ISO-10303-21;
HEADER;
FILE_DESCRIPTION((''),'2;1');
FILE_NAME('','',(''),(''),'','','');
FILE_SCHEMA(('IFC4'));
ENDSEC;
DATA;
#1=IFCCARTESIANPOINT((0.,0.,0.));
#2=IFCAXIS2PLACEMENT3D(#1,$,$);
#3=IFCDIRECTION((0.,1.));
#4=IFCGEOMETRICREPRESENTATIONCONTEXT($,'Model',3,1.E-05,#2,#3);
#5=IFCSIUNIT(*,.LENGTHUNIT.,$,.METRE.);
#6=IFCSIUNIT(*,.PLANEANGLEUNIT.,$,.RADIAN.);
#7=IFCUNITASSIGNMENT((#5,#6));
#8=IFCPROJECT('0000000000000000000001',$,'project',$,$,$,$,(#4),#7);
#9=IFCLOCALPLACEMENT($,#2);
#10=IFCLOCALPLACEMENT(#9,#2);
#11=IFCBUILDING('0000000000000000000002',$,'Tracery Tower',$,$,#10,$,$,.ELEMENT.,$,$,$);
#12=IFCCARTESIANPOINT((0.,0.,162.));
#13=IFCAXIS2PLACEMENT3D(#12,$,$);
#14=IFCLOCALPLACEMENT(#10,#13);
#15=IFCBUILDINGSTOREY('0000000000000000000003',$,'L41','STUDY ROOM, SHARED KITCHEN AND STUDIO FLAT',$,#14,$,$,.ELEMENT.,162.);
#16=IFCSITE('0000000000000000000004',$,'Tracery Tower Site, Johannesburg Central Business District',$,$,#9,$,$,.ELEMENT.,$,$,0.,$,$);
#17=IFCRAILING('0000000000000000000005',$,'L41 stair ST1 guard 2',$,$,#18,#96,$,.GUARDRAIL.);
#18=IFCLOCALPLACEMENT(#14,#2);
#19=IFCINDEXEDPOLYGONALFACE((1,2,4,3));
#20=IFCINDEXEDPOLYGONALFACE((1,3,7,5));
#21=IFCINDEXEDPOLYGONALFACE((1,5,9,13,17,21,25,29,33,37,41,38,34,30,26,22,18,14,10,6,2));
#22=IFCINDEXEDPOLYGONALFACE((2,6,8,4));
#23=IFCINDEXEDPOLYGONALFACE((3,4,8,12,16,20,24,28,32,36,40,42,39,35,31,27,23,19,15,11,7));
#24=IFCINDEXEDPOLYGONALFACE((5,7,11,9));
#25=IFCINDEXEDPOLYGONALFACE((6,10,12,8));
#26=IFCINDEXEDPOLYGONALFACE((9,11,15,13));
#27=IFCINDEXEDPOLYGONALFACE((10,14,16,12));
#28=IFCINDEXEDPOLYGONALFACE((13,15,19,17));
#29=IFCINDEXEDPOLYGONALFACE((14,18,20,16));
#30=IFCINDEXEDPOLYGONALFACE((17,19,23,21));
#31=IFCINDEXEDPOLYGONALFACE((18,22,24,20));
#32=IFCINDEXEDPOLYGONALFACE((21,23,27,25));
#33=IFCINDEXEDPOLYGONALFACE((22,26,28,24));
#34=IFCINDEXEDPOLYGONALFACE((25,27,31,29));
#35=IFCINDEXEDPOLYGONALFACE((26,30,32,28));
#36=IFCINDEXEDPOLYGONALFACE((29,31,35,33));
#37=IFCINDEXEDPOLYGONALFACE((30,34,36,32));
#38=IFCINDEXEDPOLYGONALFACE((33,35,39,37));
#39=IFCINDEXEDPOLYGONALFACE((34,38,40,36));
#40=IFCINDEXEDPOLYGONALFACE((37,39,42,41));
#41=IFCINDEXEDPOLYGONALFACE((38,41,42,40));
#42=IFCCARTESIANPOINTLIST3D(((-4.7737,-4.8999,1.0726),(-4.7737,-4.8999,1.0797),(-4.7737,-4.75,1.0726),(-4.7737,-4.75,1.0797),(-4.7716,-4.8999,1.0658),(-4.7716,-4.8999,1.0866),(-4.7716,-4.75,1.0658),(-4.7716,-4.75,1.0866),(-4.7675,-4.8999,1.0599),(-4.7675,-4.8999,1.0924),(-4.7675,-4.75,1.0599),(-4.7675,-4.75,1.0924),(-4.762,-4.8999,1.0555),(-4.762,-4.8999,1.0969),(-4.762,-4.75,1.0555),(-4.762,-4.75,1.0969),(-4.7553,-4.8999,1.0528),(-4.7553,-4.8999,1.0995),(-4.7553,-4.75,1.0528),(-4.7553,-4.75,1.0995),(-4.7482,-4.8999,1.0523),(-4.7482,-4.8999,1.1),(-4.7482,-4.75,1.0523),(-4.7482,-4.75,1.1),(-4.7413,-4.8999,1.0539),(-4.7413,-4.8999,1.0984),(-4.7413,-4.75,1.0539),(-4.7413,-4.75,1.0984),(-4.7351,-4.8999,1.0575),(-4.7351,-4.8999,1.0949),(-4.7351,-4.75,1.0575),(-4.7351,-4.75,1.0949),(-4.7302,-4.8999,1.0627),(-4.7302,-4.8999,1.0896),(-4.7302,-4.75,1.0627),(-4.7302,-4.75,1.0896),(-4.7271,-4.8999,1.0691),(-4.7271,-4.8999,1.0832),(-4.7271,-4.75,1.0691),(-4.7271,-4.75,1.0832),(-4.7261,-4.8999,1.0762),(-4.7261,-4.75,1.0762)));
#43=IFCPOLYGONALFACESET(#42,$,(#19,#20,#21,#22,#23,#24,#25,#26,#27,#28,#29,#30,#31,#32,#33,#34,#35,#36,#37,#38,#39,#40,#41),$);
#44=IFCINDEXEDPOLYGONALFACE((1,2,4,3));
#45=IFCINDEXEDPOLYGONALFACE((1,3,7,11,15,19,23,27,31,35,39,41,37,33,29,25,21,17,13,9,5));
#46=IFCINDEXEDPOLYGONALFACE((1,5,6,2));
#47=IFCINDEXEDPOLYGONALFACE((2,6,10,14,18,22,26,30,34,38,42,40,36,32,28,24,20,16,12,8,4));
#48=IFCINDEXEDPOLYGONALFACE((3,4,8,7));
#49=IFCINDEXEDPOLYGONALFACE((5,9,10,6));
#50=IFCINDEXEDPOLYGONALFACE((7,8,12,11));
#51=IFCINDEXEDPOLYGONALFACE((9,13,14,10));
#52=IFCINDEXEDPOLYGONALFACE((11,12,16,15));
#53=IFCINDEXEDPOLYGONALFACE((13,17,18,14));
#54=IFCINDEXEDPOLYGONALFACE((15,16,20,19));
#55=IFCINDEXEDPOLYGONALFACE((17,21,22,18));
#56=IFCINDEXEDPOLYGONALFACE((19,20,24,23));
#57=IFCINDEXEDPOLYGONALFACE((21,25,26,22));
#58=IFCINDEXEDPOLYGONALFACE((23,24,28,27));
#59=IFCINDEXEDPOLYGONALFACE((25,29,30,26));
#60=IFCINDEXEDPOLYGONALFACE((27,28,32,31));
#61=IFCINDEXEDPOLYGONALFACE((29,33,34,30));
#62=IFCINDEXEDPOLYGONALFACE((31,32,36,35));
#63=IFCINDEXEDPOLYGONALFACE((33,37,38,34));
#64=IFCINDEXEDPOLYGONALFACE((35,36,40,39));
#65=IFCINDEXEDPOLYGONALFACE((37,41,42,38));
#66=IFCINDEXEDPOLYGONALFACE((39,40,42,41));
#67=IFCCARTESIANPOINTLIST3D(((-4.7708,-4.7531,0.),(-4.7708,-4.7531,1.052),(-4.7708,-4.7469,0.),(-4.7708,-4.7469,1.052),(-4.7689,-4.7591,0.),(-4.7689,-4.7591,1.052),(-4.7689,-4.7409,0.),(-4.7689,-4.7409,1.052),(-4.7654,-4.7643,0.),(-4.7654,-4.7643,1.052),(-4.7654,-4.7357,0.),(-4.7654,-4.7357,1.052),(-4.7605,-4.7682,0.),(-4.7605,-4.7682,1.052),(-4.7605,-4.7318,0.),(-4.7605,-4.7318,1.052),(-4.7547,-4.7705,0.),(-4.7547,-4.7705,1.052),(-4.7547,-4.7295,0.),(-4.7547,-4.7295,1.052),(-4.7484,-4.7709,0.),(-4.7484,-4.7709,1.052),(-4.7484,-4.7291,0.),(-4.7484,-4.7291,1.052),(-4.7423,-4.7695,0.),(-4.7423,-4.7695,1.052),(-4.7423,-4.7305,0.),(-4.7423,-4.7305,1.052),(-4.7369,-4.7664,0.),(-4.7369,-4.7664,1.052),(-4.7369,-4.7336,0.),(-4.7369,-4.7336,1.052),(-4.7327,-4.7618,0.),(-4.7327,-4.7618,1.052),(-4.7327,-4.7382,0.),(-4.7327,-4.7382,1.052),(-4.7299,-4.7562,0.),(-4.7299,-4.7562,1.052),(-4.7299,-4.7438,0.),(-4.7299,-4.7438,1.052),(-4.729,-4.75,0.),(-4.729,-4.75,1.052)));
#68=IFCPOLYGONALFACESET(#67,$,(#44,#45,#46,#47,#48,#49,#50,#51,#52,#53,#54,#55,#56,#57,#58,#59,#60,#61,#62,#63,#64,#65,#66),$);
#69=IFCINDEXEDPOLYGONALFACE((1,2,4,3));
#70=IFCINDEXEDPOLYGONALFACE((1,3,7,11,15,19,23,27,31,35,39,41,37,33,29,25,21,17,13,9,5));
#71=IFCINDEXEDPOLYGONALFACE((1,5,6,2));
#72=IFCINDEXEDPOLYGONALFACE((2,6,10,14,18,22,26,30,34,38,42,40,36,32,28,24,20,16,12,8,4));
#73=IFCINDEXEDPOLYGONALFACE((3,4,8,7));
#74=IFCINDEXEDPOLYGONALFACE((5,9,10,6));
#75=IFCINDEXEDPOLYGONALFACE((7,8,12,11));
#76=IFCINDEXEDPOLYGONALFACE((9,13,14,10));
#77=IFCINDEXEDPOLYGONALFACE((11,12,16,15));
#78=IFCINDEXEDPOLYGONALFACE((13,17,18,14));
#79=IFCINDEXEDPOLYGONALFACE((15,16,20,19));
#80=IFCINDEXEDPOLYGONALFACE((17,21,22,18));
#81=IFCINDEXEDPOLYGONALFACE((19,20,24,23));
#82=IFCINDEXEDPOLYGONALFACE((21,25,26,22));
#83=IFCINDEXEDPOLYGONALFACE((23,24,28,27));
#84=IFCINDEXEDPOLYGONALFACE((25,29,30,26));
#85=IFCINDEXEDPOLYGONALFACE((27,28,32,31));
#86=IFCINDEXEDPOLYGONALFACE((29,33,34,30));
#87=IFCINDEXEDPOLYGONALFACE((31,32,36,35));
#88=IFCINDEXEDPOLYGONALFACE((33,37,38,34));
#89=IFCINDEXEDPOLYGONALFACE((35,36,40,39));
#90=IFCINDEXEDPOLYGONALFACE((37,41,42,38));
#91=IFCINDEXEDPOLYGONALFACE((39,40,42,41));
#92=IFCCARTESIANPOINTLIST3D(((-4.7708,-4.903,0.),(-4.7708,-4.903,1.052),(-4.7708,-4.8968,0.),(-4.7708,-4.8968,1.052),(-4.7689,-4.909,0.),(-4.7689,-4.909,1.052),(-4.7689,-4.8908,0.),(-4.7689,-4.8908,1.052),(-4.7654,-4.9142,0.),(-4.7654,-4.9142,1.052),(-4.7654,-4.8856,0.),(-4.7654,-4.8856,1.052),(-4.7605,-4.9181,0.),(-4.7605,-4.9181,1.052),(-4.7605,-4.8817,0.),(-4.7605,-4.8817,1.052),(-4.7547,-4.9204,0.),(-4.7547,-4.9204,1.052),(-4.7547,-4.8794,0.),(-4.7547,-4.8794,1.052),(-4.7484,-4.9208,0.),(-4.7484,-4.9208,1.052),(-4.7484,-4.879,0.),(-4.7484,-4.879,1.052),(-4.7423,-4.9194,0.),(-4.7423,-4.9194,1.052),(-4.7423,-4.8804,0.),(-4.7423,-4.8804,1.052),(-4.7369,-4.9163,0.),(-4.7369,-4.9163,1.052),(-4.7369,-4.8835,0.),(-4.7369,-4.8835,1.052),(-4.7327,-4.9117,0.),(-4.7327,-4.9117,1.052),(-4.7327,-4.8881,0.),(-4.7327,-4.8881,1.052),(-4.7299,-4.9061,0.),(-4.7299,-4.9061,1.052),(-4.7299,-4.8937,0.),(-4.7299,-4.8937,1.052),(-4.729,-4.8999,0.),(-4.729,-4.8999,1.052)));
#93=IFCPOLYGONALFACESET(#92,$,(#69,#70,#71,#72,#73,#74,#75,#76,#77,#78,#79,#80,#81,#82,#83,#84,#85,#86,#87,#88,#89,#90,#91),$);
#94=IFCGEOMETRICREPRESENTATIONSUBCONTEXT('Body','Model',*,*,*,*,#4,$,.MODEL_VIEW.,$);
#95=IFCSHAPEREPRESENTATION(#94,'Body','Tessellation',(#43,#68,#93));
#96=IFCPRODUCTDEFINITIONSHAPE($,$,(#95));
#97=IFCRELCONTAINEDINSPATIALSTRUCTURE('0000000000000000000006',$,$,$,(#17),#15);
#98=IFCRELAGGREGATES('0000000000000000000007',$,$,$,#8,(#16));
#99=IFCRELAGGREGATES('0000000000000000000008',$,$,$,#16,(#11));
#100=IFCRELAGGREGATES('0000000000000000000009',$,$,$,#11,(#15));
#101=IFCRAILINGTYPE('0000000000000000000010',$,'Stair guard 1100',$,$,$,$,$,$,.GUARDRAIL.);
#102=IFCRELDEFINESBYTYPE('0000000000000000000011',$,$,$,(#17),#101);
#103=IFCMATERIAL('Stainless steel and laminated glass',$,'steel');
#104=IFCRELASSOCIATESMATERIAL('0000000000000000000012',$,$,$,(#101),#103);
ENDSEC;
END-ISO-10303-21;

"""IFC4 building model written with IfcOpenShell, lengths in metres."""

from ifc_helpers import new_model, si_unit, direction, frame, origin, origin_2d, place, context, subcontext, project, spatial, circle, extrude, material, type_object, element, save


model = new_model("IFC4")

# Units and contexts
model_context = context("Model", 3, precision=1e-05, world=origin(), true_north=direction((0.0, 1.0)))
body_context = subcontext(model_context, "Body", "Model", "MODEL_VIEW")
ifc_project = project(units=[si_unit("LENGTHUNIT", "METRE"), si_unit("PLANEANGLEUNIT", "RADIAN")], contexts=[model_context])

# Site, building, storey
site_placement = place(None, origin())
site = spatial("IfcSite", under=ifc_project, at=site_placement, Name="Tracery Tower Site, Johannesburg Central Business District", CompositionType="ELEMENT", RefElevation=0.0)
building_placement = place(site_placement, origin())
building = spatial("IfcBuilding", under=site, at=building_placement, Name="Tracery Tower", CompositionType="ELEMENT")
storey_placement = place(building_placement, frame((0.0, 0.0, 162.0)))
storey = spatial("IfcBuildingStorey", under=building, at=storey_placement, Name="L41", Description="STUDY ROOM, SHARED KITCHEN AND STUDIO FLAT", CompositionType="ELEMENT", Elevation=162.0)

# Railing
ifc_material_1 = material(Name="Stainless steel and laminated glass", Category="steel")
railing_type_1 = type_object("IfcRailingType", Name="Stair guard 1100", PredefinedType="GUARDRAIL", material=ifc_material_1)
railing_1_placement = place(storey_placement, frame((-4.75, -4.75, 0.0)))
element("IfcRailing", 1, at=railing_1_placement, inside=storey, type_object=railing_type_1, Name="L41 stair ST1 guard 2", PredefinedType="GUARDRAIL", context=body_context, shape_type="SweptSolid", body=[
    extrude(circle(Radius=0.0239, at=origin_2d()), frame((0.0, 0.0, 1.0762), z_axis=(0.0, -1.0, 0.0), x_axis=(1.0, 0.0, 0.0)), (0.0, 0.0, 1.0), 0.1499),
    extrude(circle(Radius=0.021, at=origin_2d()), origin(), (0.0, 0.0, 1.0), 1.052),
    extrude(circle(Radius=0.021, at=origin_2d()), frame((0.0, -0.1499, 0.0)), (0.0, 0.0, 1.0), 1.052),
])

save(model, "model.ifc")
